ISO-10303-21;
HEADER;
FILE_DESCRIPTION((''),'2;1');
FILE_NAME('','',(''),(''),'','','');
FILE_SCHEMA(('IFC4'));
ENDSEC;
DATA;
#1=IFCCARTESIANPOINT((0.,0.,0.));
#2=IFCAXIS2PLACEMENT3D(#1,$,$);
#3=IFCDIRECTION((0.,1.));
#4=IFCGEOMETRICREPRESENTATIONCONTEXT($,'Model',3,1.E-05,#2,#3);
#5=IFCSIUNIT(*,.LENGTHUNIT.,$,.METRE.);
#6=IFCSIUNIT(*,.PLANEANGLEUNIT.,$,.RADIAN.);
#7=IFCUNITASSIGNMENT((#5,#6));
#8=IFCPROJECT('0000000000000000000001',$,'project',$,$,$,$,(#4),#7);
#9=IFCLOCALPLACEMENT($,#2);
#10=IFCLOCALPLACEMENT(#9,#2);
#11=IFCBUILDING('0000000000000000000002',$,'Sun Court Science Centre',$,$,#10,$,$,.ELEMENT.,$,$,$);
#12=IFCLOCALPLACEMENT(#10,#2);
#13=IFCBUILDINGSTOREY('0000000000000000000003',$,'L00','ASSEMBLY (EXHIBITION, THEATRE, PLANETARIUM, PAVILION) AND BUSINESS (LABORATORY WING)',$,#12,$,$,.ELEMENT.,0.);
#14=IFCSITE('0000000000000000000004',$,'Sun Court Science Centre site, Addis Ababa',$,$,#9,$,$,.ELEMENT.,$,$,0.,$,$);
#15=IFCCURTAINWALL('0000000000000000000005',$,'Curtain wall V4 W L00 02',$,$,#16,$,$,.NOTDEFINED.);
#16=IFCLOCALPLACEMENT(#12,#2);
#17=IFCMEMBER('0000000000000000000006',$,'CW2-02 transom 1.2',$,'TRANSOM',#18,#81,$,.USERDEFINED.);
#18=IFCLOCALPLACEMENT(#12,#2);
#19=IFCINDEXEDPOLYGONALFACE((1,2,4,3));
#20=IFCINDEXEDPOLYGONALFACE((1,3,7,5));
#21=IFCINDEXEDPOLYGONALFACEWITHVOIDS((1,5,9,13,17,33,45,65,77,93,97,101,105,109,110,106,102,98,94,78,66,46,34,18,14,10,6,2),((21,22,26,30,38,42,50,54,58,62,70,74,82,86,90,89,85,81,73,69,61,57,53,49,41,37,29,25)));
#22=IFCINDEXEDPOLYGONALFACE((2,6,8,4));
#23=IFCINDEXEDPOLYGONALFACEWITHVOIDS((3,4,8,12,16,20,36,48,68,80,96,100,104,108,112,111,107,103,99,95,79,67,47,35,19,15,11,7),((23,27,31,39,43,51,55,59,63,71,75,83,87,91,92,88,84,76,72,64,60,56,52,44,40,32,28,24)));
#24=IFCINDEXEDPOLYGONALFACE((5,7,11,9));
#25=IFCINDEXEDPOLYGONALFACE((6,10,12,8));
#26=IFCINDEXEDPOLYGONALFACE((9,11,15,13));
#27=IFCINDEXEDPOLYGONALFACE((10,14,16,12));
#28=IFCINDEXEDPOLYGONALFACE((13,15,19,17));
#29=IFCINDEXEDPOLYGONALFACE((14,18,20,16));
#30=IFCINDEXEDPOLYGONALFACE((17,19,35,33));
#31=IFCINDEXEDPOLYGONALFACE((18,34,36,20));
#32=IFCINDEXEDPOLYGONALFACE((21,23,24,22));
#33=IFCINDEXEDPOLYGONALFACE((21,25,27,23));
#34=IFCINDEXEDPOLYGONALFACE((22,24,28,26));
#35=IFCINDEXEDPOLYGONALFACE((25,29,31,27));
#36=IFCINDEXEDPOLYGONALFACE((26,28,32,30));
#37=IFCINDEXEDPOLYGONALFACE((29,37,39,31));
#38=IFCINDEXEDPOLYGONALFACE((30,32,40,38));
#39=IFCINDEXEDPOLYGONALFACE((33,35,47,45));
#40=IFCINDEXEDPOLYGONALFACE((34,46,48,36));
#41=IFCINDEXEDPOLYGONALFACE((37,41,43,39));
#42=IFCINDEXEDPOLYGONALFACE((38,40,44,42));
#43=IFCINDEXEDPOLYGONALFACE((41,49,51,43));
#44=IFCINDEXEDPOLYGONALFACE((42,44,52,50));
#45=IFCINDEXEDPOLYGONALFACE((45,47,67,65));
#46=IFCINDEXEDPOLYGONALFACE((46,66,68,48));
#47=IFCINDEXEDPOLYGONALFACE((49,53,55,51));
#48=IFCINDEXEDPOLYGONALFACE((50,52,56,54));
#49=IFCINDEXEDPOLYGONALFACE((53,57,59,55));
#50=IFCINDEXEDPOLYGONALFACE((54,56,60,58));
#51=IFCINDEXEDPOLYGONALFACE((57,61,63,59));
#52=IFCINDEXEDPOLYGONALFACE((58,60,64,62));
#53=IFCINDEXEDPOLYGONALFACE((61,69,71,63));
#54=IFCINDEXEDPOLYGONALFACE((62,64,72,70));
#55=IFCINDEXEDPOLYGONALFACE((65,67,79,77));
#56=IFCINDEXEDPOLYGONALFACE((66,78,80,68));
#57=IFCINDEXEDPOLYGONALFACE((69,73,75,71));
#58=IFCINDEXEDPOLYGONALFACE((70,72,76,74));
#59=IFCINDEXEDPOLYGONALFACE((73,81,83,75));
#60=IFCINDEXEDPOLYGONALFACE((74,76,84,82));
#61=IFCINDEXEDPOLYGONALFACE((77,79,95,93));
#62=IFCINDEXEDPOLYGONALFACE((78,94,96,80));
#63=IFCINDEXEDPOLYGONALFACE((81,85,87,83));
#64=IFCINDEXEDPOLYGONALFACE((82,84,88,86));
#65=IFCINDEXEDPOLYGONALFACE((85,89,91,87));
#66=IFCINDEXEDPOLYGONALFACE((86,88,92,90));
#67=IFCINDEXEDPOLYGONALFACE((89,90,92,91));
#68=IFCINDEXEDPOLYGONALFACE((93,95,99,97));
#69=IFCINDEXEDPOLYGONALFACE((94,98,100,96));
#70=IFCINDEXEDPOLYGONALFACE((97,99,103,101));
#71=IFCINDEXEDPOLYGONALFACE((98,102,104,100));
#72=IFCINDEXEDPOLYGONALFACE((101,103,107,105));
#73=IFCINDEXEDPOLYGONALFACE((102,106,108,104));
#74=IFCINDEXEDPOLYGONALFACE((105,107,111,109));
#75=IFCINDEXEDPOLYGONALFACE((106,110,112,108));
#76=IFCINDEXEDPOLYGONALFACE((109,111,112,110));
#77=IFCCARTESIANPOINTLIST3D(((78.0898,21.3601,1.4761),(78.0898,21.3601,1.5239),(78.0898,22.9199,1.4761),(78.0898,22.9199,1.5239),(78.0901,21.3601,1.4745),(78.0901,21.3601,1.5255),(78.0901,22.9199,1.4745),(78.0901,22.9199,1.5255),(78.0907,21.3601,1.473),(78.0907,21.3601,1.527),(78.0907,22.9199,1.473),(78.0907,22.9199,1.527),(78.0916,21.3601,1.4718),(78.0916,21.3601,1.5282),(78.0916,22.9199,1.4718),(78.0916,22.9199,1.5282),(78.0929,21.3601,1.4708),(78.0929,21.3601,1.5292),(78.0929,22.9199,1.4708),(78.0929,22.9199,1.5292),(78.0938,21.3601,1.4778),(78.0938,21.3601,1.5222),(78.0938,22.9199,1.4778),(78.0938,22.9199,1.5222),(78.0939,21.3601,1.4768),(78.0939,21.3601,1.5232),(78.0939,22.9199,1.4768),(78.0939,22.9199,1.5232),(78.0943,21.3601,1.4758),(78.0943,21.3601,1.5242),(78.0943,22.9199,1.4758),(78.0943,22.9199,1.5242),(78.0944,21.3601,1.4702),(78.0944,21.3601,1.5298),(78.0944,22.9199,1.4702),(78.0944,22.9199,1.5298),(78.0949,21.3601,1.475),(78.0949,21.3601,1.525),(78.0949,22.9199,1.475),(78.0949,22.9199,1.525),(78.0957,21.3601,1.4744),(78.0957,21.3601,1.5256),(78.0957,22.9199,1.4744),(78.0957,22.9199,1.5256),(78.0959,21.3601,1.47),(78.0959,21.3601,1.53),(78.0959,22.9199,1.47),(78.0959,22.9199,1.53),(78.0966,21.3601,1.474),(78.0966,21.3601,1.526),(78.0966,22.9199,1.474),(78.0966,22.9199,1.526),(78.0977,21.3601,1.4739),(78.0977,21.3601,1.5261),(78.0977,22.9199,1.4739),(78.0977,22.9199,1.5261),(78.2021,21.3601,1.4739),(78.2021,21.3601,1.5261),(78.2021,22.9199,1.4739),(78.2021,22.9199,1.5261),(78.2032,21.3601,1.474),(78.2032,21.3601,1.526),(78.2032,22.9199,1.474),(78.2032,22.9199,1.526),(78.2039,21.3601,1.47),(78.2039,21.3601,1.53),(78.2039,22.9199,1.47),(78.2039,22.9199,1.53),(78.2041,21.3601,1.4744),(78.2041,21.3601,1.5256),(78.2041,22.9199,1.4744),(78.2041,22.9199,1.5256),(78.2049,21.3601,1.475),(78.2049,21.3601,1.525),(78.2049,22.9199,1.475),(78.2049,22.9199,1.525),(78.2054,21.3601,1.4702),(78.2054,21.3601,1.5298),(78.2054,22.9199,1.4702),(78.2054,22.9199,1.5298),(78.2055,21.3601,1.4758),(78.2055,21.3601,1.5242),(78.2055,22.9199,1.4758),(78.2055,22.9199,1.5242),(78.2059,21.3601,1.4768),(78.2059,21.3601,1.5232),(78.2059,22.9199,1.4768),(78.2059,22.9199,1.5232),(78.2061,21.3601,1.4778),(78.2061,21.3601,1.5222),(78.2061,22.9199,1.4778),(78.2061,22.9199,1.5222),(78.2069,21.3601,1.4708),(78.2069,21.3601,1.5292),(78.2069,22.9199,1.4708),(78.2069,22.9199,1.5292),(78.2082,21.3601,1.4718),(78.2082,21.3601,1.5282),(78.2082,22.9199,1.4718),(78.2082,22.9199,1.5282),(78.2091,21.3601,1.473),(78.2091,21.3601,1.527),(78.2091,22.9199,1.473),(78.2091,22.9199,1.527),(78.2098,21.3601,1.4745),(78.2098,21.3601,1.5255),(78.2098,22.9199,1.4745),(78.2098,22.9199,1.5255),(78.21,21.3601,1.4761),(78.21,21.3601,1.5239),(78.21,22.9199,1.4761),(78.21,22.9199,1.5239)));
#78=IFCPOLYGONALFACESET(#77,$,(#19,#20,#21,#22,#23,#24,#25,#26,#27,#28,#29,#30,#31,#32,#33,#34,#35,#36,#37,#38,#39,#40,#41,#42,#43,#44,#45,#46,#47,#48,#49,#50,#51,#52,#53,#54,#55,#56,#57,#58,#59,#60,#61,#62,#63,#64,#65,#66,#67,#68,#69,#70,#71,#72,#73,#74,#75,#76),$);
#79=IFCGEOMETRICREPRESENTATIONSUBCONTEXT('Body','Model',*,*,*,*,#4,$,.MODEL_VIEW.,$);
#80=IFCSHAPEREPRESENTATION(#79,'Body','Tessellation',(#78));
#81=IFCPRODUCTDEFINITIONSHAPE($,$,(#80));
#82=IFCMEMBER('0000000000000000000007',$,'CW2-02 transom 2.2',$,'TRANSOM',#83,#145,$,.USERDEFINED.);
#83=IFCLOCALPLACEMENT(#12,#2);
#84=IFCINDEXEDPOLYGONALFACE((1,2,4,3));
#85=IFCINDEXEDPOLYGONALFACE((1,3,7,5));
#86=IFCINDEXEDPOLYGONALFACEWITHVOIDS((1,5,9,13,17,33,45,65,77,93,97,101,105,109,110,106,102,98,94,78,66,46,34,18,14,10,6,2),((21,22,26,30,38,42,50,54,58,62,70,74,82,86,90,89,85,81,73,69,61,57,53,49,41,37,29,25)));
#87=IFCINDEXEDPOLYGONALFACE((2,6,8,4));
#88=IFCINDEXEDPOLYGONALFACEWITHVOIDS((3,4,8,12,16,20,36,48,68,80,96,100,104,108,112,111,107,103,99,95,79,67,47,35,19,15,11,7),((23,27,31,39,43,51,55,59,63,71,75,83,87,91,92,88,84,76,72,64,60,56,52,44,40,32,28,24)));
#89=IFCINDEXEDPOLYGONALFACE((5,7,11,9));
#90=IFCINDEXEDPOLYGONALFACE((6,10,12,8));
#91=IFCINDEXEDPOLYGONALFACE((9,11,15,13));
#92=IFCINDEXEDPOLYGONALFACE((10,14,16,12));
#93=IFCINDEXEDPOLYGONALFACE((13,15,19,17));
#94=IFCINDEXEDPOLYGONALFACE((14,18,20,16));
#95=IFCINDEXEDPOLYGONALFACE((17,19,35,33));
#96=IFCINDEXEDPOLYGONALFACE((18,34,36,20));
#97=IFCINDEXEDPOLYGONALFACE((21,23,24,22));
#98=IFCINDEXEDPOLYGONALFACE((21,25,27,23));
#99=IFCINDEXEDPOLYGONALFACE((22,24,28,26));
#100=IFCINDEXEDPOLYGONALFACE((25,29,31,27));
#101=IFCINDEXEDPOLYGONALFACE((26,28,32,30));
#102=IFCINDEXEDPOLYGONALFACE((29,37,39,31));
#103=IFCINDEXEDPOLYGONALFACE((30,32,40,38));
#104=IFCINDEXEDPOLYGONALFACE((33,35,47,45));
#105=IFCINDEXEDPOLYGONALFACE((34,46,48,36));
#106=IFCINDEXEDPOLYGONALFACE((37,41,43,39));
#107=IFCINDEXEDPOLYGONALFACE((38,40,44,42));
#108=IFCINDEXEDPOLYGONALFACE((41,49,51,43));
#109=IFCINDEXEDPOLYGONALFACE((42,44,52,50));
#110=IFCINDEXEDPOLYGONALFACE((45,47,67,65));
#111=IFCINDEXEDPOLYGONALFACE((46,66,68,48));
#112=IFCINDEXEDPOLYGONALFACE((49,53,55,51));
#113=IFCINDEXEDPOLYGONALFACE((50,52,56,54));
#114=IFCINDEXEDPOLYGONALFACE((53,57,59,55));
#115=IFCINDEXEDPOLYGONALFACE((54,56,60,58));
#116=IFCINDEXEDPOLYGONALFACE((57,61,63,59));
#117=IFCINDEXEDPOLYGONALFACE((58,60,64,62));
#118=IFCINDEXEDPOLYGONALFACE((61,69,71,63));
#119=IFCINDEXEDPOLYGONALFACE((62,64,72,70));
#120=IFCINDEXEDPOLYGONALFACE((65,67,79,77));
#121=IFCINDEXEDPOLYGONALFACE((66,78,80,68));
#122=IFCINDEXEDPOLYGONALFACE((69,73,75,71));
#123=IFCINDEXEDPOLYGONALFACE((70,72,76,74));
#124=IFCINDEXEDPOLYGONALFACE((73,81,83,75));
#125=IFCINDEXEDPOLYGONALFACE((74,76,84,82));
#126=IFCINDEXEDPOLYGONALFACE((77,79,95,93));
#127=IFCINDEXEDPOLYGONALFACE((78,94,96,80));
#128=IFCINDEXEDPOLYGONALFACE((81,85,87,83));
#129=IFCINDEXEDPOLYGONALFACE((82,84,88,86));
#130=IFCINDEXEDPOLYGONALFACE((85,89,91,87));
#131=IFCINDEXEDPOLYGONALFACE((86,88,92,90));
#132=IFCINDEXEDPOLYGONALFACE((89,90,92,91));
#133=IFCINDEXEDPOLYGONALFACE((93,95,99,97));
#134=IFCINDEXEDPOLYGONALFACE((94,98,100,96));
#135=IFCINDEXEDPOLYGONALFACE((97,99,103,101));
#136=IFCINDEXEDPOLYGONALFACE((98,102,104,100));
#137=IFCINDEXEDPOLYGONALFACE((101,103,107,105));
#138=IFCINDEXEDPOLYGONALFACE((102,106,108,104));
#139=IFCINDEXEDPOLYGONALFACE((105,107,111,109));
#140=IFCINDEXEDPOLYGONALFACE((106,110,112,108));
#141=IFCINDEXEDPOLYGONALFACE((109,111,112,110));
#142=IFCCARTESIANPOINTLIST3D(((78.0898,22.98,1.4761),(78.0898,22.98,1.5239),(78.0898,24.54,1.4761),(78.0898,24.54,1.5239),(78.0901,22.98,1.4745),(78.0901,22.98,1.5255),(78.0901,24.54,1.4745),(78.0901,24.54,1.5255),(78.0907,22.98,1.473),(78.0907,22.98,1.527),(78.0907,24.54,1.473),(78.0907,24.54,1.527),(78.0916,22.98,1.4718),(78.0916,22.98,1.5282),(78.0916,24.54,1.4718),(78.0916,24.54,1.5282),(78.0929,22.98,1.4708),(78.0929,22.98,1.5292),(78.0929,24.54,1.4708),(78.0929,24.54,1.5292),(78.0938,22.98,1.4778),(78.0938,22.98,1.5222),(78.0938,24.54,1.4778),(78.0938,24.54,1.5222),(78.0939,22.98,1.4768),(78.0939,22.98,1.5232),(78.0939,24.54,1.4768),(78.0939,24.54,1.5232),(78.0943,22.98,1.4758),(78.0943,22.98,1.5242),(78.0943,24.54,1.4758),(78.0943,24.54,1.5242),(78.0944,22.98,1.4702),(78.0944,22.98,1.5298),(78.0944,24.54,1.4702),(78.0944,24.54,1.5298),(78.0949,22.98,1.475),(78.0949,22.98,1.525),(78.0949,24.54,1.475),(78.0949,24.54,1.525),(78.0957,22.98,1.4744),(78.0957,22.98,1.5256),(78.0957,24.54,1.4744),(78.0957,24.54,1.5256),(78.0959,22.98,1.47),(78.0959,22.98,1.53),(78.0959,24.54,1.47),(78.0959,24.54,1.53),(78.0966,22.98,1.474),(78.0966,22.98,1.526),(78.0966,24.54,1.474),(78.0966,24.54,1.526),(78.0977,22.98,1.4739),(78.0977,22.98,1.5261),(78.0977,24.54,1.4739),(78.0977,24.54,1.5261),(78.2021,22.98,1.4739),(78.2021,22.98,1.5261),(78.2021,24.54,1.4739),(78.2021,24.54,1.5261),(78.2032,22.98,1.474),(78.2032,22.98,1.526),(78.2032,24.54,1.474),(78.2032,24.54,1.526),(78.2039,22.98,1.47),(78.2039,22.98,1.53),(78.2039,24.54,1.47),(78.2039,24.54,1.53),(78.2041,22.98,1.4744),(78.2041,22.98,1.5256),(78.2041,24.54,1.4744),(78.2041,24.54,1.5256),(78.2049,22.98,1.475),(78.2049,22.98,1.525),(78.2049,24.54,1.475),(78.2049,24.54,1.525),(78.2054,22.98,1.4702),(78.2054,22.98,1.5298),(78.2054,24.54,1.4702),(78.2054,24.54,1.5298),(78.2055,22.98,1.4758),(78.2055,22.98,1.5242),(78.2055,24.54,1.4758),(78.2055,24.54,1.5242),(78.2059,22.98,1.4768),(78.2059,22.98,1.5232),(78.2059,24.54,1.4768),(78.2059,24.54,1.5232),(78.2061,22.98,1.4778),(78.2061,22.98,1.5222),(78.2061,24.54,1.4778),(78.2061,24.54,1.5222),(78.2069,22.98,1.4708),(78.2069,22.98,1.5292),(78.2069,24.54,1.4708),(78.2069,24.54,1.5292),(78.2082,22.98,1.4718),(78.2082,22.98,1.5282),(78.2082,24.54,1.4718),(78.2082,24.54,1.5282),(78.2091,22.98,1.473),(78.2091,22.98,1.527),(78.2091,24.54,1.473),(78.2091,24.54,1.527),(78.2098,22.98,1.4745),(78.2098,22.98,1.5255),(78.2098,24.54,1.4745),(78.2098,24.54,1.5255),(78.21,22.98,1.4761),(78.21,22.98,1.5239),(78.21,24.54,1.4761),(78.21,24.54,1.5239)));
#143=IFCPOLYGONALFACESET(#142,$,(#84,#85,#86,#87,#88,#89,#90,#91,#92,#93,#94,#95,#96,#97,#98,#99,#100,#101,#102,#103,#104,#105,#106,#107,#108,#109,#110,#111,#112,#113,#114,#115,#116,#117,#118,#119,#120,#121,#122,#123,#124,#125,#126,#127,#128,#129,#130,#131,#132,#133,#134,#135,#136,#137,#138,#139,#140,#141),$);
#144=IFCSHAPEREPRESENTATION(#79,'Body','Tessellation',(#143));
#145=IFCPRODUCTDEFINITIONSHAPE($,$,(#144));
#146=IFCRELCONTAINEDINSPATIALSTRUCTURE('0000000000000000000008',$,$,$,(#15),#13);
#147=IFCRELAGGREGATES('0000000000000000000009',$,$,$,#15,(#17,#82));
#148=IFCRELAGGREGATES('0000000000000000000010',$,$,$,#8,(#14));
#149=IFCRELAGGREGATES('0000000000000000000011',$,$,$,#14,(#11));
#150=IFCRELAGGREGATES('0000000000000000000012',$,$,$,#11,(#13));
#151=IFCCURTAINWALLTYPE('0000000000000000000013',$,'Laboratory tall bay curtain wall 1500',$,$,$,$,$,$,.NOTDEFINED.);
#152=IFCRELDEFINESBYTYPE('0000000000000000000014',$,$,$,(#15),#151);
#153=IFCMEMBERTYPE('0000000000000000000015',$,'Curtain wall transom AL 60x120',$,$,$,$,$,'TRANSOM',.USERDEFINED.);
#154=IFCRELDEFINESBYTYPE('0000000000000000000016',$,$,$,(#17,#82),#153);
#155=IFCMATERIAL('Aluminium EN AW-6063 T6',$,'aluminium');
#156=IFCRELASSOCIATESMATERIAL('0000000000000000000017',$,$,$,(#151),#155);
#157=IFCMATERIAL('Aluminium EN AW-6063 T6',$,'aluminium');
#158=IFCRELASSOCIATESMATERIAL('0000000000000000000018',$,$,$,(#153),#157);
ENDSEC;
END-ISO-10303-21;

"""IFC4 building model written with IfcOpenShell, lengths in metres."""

from ifc_helpers import new_model, si_unit, direction, frame, origin, origin_2d, place, context, subcontext, project, spatial, hollow_rectangle, extrude, material, material_profile, profile_set, type_object, element, aggregate, save


model = new_model("IFC4")

# Units and contexts
model_context = context("Model", 3, precision=1e-05, world=origin(), true_north=direction((0.0, 1.0)))
body_context = subcontext(model_context, "Body", "Model", "MODEL_VIEW")
ifc_project = project(units=[si_unit("LENGTHUNIT", "METRE"), si_unit("PLANEANGLEUNIT", "RADIAN")], contexts=[model_context])

# Site, building, storey
site_placement = place(None, origin())
site = spatial("IfcSite", under=ifc_project, at=site_placement, Name="Sun Court Science Centre site, Addis Ababa", CompositionType="ELEMENT", RefElevation=0.0)
building_placement = place(site_placement, origin())
building = spatial("IfcBuilding", under=site, at=building_placement, Name="Sun Court Science Centre", CompositionType="ELEMENT")
storey_placement = place(building_placement, origin())
storey = spatial("IfcBuildingStorey", under=building, at=storey_placement, Name="L00", Description="ASSEMBLY (EXHIBITION, THEATRE, PLANETARIUM, PAVILION) AND BUSINESS (LABORATORY WING)", CompositionType="ELEMENT", Elevation=0.0)

# Shared definitions
ifc_material_1 = material(Name="Aluminium EN AW-6063 T6", Category="aluminium")
curtain_wall_type = type_object("IfcCurtainWallType", Name="Laboratory tall bay curtain wall 1500", PredefinedType="NOTDEFINED", material=ifc_material_1)

# Curtain wall
curtain_wall_1_placement = place(storey_placement, origin())
curtain_wall_1 = element("IfcCurtainWall", 1, at=curtain_wall_1_placement, inside=storey, type_object=curtain_wall_type, Name="Curtain wall V4 W L00 02", PredefinedType="NOTDEFINED")

# Members
ifc_material_2 = material(Name="Aluminium EN AW-6063 T6", Category="aluminium")
ifc_material_profile_1 = material_profile(ifc_material_2, hollow_rectangle(XDim=0.0601, YDim=0.1201, WallThickness=0.0039, InnerFilletRadius=0.0039, OuterFilletRadius=0.0061, at=origin_2d()), Name="AL 60x120x4")
ifc_profile_set_1 = profile_set([ifc_material_profile_1], Name="Aluminium EN AW-6063 T6")
member_type_1 = type_object("IfcMemberType", Name="Curtain wall transom AL 60x120", ElementType="TRANSOM", PredefinedType="USERDEFINED", material=ifc_profile_set_1)
member_1_placement = place(storey_placement, frame((78.1499, 21.3601, 1.5), z_axis=(0.0, 1.0, 0.0), x_axis=(0.0, 0.0, 1.0)))
member_1 = element("IfcMember", 2, at=member_1_placement, type_object=member_type_1, Name="CW2-02 transom 1.2", ObjectType="TRANSOM", PredefinedType="USERDEFINED", context=body_context, shape_type="SweptSolid", body=[
    extrude(hollow_rectangle(XDim=0.0601, YDim=0.1201, WallThickness=0.0039, InnerFilletRadius=0.0039, OuterFilletRadius=0.0061, at=origin_2d()), origin(), (0.0, 0.0, 1.0), 1.5598),
])
member_2_placement = place(storey_placement, frame((78.1499, 22.98, 1.5), z_axis=(0.0, 1.0, 0.0), x_axis=(0.0, 0.0, 1.0)))
member_2 = element("IfcMember", 3, at=member_2_placement, type_object=member_type_1, Name="CW2-02 transom 2.2", ObjectType="TRANSOM", PredefinedType="USERDEFINED", context=body_context, shape_type="SweptSolid", body=[
    extrude(hollow_rectangle(XDim=0.0601, YDim=0.1201, WallThickness=0.0039, InnerFilletRadius=0.0039, OuterFilletRadius=0.0061, at=origin_2d()), origin(), (0.0, 0.0, 1.0), 1.5601),
])

aggregate(curtain_wall_1, [member_1, member_2])

save(model, "model.ifc")
